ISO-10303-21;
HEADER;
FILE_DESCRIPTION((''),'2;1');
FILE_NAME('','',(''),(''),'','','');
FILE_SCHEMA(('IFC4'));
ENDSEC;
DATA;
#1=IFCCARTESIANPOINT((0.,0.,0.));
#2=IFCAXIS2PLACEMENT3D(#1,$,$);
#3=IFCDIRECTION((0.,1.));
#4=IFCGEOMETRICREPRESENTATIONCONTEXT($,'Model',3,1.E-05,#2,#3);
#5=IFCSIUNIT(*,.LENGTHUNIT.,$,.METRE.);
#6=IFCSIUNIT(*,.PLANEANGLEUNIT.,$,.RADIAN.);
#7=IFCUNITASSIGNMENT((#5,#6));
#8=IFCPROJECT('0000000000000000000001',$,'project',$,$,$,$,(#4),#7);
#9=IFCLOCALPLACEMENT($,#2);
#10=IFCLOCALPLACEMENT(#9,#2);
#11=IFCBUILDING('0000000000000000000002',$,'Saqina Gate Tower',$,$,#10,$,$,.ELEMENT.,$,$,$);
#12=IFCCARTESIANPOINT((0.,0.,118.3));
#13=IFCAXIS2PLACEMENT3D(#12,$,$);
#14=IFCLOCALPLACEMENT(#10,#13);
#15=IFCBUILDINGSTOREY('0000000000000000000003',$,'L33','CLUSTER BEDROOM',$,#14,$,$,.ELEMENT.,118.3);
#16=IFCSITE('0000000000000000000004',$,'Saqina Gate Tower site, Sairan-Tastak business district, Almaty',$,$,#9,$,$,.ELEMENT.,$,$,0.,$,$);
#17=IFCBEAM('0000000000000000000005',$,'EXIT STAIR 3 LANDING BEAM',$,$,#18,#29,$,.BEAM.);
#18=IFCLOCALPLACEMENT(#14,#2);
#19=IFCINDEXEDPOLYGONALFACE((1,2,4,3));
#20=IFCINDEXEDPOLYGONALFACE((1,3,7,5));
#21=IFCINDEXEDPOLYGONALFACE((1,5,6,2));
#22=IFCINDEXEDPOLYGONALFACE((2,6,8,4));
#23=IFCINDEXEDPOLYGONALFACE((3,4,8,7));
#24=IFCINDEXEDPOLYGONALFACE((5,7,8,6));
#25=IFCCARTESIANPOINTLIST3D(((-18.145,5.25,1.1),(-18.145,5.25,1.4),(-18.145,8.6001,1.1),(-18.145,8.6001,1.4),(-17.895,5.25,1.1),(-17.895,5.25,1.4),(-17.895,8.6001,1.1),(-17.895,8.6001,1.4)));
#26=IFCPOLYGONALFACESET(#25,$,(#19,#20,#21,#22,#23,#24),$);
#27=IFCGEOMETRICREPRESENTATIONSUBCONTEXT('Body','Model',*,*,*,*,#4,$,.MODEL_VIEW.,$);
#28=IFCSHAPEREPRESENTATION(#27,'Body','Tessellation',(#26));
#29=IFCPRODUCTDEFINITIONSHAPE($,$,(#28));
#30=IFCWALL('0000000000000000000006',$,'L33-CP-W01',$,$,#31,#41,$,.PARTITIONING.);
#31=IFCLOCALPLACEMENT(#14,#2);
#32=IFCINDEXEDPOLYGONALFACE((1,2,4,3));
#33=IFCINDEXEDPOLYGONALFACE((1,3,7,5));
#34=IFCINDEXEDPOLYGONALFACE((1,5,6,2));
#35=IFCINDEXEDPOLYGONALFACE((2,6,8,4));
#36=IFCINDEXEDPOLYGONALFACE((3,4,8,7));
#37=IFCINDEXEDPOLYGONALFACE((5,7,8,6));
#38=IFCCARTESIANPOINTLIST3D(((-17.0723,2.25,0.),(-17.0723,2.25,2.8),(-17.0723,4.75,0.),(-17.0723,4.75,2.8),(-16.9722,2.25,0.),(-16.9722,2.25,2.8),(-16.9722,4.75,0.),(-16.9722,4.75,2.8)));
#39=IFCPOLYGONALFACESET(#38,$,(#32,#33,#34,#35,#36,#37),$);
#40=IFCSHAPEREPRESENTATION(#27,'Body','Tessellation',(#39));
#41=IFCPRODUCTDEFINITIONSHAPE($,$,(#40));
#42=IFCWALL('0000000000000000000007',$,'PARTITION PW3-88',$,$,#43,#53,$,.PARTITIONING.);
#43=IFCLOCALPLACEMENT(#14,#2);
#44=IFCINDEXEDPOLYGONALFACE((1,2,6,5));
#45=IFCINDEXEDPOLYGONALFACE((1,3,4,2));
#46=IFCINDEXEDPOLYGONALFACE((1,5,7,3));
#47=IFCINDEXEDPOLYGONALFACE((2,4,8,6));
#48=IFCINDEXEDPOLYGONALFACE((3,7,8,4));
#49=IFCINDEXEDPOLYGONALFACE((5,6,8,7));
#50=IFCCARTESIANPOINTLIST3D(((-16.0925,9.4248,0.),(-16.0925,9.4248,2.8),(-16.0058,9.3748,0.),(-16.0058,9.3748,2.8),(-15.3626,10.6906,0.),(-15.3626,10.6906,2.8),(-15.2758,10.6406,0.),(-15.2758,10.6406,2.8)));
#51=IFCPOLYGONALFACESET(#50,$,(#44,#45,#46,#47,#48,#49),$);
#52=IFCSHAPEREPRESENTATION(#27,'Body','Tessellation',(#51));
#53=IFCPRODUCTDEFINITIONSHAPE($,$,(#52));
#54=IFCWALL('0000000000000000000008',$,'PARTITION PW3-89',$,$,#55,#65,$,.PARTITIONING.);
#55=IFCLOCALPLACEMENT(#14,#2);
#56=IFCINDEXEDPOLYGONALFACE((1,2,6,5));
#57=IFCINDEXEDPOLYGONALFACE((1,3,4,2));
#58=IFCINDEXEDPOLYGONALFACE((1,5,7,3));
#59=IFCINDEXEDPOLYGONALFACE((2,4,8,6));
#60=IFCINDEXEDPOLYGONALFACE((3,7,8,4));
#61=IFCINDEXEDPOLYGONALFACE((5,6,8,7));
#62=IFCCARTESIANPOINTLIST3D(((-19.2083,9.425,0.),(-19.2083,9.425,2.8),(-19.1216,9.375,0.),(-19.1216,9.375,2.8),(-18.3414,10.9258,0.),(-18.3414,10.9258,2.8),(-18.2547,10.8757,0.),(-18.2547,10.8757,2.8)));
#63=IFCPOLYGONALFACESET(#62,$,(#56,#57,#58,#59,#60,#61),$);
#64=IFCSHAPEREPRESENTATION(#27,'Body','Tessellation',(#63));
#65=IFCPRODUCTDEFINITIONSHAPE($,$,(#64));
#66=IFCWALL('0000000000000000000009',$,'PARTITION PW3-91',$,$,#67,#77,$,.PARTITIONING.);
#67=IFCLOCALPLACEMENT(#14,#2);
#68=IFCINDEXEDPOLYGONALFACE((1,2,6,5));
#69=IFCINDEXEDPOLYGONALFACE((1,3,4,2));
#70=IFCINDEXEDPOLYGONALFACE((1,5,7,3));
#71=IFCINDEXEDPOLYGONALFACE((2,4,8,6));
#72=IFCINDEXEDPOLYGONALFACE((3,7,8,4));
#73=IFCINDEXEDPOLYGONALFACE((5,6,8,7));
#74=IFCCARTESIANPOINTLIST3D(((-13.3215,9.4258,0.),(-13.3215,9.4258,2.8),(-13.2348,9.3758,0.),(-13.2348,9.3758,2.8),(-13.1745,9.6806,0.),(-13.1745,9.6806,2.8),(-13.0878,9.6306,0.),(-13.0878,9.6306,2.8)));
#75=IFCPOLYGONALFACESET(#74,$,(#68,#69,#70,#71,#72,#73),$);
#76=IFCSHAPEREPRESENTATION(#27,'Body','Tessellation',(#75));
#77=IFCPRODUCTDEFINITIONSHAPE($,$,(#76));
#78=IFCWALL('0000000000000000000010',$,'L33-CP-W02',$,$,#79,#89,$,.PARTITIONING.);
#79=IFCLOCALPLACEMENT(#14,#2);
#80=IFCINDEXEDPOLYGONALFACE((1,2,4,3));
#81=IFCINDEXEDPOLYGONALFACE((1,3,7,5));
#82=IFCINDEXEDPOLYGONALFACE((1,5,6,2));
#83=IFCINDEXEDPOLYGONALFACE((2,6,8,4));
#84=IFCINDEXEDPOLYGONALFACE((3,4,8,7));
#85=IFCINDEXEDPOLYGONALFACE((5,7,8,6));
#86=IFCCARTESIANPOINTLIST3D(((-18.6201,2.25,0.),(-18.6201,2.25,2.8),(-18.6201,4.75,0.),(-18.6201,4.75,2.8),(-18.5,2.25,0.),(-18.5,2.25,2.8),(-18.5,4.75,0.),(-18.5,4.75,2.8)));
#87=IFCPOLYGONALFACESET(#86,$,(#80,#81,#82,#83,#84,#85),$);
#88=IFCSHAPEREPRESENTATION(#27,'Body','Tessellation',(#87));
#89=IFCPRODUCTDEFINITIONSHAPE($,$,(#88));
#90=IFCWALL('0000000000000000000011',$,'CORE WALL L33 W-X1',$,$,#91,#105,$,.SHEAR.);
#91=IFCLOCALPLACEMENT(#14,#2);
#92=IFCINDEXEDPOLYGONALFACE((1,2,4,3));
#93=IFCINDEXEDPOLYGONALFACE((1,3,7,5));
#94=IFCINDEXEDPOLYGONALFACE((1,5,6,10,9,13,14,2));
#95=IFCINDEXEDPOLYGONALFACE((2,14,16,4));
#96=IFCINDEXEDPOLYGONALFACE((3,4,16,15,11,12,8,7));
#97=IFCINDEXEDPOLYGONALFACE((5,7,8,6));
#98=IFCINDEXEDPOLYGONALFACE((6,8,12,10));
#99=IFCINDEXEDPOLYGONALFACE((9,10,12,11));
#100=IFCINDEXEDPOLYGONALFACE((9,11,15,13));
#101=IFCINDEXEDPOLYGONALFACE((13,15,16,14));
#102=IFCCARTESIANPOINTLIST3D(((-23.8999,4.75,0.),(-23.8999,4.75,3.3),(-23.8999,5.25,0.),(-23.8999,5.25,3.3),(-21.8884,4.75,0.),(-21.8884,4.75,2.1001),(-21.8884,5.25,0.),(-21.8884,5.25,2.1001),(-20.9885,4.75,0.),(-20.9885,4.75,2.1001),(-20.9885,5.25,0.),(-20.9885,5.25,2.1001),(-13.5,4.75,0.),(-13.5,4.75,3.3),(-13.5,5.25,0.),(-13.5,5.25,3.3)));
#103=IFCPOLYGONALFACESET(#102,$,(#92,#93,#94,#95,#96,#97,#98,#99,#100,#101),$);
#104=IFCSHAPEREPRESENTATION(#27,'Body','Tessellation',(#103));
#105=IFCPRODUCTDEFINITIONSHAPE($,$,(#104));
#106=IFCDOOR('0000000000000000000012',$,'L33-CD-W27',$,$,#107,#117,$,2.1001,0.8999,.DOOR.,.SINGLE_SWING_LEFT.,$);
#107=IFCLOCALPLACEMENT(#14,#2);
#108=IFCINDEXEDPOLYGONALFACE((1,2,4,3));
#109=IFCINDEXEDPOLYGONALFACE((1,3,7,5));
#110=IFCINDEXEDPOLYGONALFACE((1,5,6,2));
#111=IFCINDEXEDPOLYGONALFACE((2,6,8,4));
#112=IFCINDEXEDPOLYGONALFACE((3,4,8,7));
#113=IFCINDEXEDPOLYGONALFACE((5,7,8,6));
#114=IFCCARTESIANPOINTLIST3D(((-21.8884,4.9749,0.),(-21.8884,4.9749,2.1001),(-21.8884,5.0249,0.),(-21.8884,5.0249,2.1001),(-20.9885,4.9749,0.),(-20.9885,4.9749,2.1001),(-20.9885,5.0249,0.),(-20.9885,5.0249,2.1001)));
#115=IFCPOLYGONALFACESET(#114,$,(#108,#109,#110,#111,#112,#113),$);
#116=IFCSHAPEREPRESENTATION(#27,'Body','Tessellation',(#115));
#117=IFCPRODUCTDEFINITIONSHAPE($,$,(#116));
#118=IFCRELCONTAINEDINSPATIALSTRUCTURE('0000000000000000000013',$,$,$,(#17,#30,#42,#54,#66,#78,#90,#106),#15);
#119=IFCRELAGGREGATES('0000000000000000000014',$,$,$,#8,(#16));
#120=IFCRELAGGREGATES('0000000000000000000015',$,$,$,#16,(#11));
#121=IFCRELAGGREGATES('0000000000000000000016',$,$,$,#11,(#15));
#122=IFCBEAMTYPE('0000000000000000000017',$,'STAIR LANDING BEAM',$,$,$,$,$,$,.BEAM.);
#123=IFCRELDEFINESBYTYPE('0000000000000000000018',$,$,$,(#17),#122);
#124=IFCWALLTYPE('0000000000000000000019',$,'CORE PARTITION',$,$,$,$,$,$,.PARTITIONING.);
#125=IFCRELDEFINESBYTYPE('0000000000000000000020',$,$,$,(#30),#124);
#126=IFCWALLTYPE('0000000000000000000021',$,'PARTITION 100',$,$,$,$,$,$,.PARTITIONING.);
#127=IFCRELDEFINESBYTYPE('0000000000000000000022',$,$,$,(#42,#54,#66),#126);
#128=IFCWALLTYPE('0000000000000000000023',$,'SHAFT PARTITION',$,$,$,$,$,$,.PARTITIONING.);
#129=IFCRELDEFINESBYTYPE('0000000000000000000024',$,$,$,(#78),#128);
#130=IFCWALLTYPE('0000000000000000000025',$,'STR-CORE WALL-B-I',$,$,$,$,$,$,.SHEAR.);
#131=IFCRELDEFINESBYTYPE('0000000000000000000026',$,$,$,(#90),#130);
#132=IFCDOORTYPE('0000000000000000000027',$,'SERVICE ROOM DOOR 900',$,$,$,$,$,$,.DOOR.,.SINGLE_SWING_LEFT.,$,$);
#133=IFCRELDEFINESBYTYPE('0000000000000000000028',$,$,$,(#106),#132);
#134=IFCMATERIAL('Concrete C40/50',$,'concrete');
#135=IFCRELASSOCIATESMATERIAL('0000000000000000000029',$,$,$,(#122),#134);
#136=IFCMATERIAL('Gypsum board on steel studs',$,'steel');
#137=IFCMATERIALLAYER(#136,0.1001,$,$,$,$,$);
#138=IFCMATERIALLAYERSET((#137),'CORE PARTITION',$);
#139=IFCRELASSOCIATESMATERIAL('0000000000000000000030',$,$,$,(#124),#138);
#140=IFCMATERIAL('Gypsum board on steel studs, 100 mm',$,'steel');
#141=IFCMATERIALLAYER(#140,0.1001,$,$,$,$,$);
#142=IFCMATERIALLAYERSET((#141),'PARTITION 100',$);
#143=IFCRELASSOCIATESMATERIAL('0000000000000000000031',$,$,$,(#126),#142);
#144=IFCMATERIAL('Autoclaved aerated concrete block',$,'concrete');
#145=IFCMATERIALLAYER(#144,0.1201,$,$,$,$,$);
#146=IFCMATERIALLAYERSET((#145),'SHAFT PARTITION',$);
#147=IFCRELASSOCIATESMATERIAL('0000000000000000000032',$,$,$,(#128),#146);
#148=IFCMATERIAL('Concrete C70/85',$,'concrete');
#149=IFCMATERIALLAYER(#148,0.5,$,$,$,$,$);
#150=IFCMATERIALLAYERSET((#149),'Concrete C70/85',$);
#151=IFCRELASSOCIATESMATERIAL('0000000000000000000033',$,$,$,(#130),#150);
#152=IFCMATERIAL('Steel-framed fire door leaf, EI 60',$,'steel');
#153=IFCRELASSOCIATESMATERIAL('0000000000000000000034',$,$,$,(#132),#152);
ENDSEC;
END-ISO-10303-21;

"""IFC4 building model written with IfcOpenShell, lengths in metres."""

from ifc_helpers import new_model, si_unit, direction, frame, frame_2d, origin, origin_2d, place, context, subcontext, project, spatial, rectangle, extrude, material, layer, layer_set, material_profile, profile_set, type_object, element, fill, save


model = new_model("IFC4")

# Units and contexts
model_context = context("Model", 3, precision=1e-05, world=origin(), true_north=direction((0.0, 1.0)))
body_context = subcontext(model_context, "Body", "Model", "MODEL_VIEW")
ifc_project = project(units=[si_unit("LENGTHUNIT", "METRE"), si_unit("PLANEANGLEUNIT", "RADIAN")], contexts=[model_context])

# Site, building, storey
site_placement = place(None, origin())
site = spatial("IfcSite", under=ifc_project, at=site_placement, Name="Saqina Gate Tower site, Sairan-Tastak business district, Almaty", CompositionType="ELEMENT", RefElevation=0.0)
building_placement = place(site_placement, origin())
building = spatial("IfcBuilding", under=site, at=building_placement, Name="Saqina Gate Tower", CompositionType="ELEMENT")
storey_placement = place(building_placement, frame((0.0, 0.0, 118.3)))
storey = spatial("IfcBuildingStorey", under=building, at=storey_placement, Name="L33", Description="CLUSTER BEDROOM", CompositionType="ELEMENT", Elevation=118.3)

# Beam
ifc_material_1 = material(Name="Concrete C40/50", Category="concrete")
ifc_material_profile = material_profile(ifc_material_1, rectangle(XDim=0.25, YDim=0.3, at=origin_2d()), Name="STAIR LANDING BEAM")
ifc_profile_set = profile_set([ifc_material_profile], Name="Concrete C40/50")
beam_type = type_object("IfcBeamType", Name="STAIR LANDING BEAM", PredefinedType="BEAM", material=ifc_profile_set)
beam_placement = place(storey_placement, frame((-18.02, 5.25, 1.25), z_axis=(0.0, 1.0, 0.0), x_axis=(-1.0, 0.0, 0.0)))
element("IfcBeam", 1, at=beam_placement, inside=storey, type_object=beam_type, Name="EXIT STAIR 3 LANDING BEAM", PredefinedType="BEAM", context=body_context, shape_type="SweptSolid", body=[
    extrude(rectangle(XDim=0.25, YDim=0.3, at=origin_2d()), origin(), (0.0, 0.0, 1.0), 3.3501),
])

# Walls
ifc_material_2 = material(Name="Gypsum board on steel studs", Category="steel")
ifc_layer_1 = layer(ifc_material_2, 0.1001)
ifc_layer_set_1 = layer_set([ifc_layer_1], Name="CORE PARTITION")
wall_type_1 = type_object("IfcWallType", Name="CORE PARTITION", PredefinedType="PARTITIONING", material=ifc_layer_set_1)
wall_1_placement = place(storey_placement, frame((-17.0222, 2.25, 0.0), z_axis=(0.0, 0.0, 1.0), x_axis=(0.0, 1.0, 0.0)))
element("IfcWall", 2, at=wall_1_placement, inside=storey, type_object=wall_type_1, Name="L33-CP-W01", PredefinedType="PARTITIONING", context=body_context, shape_type="SweptSolid", body=[
    extrude(rectangle(XDim=2.5, YDim=0.1001, at=frame_2d((1.25, 0.0))), origin(), (0.0, 0.0, 1.0), 2.8),
])
ifc_material_3 = material(Name="Gypsum board on steel studs, 100 mm", Category="steel")
ifc_layer_2 = layer(ifc_material_3, 0.1001)
ifc_layer_set_2 = layer_set([ifc_layer_2], Name="PARTITION 100")
wall_type_2 = type_object("IfcWallType", Name="PARTITION 100", PredefinedType="PARTITIONING", material=ifc_layer_set_2)
wall_2_placement = place(storey_placement, frame((-16.0491, 9.3999, 0.0), z_axis=(0.0, 0.0, 1.0), x_axis=(0.499554, 0.866283, 0.0)))
element("IfcWall", 3, at=wall_2_placement, inside=storey, type_object=wall_type_2, Name="PARTITION PW3-88", PredefinedType="PARTITIONING", context=body_context, shape_type="SweptSolid", body=[
    extrude(rectangle(XDim=1.4612, YDim=0.1001, at=frame_2d((0.7305, 0.0))), origin(), (0.0, 0.0, 1.0), 2.8),
])
wall_3_placement = place(storey_placement, frame((-19.165, 9.3999, 0.0), z_axis=(0.0, 0.0, 1.0), x_axis=(0.500214, 0.865902, 0.0)))
element("IfcWall", 4, at=wall_3_placement, inside=storey, type_object=wall_type_2, Name="PARTITION PW3-89", PredefinedType="PARTITIONING", context=body_context, shape_type="SweptSolid", body=[
    extrude(rectangle(XDim=1.7332, YDim=0.1001, at=frame_2d((0.8667, 0.0))), origin(), (0.0, 0.0, 1.0), 2.8),
])
wall_4_placement = place(storey_placement, frame((-13.2781, 9.4009, 0.0), z_axis=(0.0, 0.0, 1.0), x_axis=(0.499531, 0.866296, 0.0)))
element("IfcWall", 5, at=wall_4_placement, inside=storey, type_object=wall_type_2, Name="PARTITION PW3-91", PredefinedType="PARTITIONING", context=body_context, shape_type="SweptSolid", body=[
    extrude(rectangle(XDim=0.2942, YDim=0.1001, at=frame_2d((0.147, 0.0))), origin(), (0.0, 0.0, 1.0), 2.8),
])
ifc_material_4 = material(Name="Autoclaved aerated concrete block", Category="concrete")
ifc_layer_3 = layer(ifc_material_4, 0.1201)
ifc_layer_set_3 = layer_set([ifc_layer_3], Name="SHAFT PARTITION")
wall_type_3 = type_object("IfcWallType", Name="SHAFT PARTITION", PredefinedType="PARTITIONING", material=ifc_layer_set_3)
wall_5_placement = place(storey_placement, frame((-18.5601, 2.25, 0.0), z_axis=(0.0, 0.0, 1.0), x_axis=(0.0, 1.0, 0.0)))
element("IfcWall", 6, at=wall_5_placement, inside=storey, type_object=wall_type_3, Name="L33-CP-W02", PredefinedType="PARTITIONING", context=body_context, shape_type="SweptSolid", body=[
    extrude(rectangle(XDim=2.5, YDim=0.1201, at=frame_2d((1.25, 0.0))), origin(), (0.0, 0.0, 1.0), 2.8),
])

# Wall, opening, door
ifc_material_5 = material(Name="Concrete C70/85", Category="concrete")
ifc_layer_4 = layer(ifc_material_5, 0.5)
ifc_layer_set_4 = layer_set([ifc_layer_4], Name="Concrete C70/85")
wall_type_4 = type_object("IfcWallType", Name="STR-CORE WALL-B-I", PredefinedType="SHEAR", material=ifc_layer_set_4)
wall_6_placement = place(storey_placement, frame((-13.5, 5.0, 0.0), z_axis=(0.0, 0.0, 1.0), x_axis=(-1.0, 0.0, 0.0)))
wall_6 = element("IfcWall", 7, at=wall_6_placement, inside=storey, type_object=wall_type_4, Name="CORE WALL L33 W-X1", PredefinedType="SHEAR", context=body_context, shape_type="SweptSolid", body=[
    extrude(rectangle(XDim=10.3999, YDim=0.5, at=frame_2d((5.2, 0.0))), origin(), (0.0, 0.0, 1.0), 3.3),
])
opening_1_placement = place(wall_6_placement, frame((7.4885, 0.0, 0.0)))
opening_1 = element("IfcOpeningElement", 8, at=opening_1_placement, cuts=wall_6, PredefinedType="OPENING", context=body_context, shape_type="SweptSolid", body=[
    extrude(rectangle(XDim=0.8999, YDim=2.1001, at=frame_2d((0.45, 1.05))), frame((0.0, 0.262, 0.0), z_axis=(0.0, -1.0, 0.0), x_axis=(1.0, 0.0, 0.0)), (0.0, 0.0, 1.0), 0.5239),
])
ifc_material_6 = material(Name="Steel-framed fire door leaf, EI 60", Category="steel")
door_type_1 = type_object("IfcDoorType", Name="SERVICE ROOM DOOR 900", OperationType="SINGLE_SWING_LEFT", PredefinedType="DOOR", material=ifc_material_6)
door_1_placement = place(opening_1_placement, frame((0.8999, 0.0, 0.0), z_axis=(0.0, 0.0, 1.0), x_axis=(-1.0, 0.0, 0.0)))
door_1 = element("IfcDoor", 9, at=door_1_placement, inside=storey, type_object=door_type_1, Name="L33-CD-W27", OperationType="SINGLE_SWING_LEFT", OverallHeight=2.1001, OverallWidth=0.8999, PredefinedType="DOOR", context=body_context, shape_type="SweptSolid", body=[
    extrude(rectangle(XDim=0.8999, YDim=2.1001, at=frame_2d((0.45, 1.05))), frame((0.0, 0.0249, 0.0), z_axis=(0.0, -1.0, 0.0), x_axis=(1.0, 0.0, 0.0)), (0.0, 0.0, 1.0), 0.05),
])
fill(opening_1, door_1)

save(model, "model.ifc")
